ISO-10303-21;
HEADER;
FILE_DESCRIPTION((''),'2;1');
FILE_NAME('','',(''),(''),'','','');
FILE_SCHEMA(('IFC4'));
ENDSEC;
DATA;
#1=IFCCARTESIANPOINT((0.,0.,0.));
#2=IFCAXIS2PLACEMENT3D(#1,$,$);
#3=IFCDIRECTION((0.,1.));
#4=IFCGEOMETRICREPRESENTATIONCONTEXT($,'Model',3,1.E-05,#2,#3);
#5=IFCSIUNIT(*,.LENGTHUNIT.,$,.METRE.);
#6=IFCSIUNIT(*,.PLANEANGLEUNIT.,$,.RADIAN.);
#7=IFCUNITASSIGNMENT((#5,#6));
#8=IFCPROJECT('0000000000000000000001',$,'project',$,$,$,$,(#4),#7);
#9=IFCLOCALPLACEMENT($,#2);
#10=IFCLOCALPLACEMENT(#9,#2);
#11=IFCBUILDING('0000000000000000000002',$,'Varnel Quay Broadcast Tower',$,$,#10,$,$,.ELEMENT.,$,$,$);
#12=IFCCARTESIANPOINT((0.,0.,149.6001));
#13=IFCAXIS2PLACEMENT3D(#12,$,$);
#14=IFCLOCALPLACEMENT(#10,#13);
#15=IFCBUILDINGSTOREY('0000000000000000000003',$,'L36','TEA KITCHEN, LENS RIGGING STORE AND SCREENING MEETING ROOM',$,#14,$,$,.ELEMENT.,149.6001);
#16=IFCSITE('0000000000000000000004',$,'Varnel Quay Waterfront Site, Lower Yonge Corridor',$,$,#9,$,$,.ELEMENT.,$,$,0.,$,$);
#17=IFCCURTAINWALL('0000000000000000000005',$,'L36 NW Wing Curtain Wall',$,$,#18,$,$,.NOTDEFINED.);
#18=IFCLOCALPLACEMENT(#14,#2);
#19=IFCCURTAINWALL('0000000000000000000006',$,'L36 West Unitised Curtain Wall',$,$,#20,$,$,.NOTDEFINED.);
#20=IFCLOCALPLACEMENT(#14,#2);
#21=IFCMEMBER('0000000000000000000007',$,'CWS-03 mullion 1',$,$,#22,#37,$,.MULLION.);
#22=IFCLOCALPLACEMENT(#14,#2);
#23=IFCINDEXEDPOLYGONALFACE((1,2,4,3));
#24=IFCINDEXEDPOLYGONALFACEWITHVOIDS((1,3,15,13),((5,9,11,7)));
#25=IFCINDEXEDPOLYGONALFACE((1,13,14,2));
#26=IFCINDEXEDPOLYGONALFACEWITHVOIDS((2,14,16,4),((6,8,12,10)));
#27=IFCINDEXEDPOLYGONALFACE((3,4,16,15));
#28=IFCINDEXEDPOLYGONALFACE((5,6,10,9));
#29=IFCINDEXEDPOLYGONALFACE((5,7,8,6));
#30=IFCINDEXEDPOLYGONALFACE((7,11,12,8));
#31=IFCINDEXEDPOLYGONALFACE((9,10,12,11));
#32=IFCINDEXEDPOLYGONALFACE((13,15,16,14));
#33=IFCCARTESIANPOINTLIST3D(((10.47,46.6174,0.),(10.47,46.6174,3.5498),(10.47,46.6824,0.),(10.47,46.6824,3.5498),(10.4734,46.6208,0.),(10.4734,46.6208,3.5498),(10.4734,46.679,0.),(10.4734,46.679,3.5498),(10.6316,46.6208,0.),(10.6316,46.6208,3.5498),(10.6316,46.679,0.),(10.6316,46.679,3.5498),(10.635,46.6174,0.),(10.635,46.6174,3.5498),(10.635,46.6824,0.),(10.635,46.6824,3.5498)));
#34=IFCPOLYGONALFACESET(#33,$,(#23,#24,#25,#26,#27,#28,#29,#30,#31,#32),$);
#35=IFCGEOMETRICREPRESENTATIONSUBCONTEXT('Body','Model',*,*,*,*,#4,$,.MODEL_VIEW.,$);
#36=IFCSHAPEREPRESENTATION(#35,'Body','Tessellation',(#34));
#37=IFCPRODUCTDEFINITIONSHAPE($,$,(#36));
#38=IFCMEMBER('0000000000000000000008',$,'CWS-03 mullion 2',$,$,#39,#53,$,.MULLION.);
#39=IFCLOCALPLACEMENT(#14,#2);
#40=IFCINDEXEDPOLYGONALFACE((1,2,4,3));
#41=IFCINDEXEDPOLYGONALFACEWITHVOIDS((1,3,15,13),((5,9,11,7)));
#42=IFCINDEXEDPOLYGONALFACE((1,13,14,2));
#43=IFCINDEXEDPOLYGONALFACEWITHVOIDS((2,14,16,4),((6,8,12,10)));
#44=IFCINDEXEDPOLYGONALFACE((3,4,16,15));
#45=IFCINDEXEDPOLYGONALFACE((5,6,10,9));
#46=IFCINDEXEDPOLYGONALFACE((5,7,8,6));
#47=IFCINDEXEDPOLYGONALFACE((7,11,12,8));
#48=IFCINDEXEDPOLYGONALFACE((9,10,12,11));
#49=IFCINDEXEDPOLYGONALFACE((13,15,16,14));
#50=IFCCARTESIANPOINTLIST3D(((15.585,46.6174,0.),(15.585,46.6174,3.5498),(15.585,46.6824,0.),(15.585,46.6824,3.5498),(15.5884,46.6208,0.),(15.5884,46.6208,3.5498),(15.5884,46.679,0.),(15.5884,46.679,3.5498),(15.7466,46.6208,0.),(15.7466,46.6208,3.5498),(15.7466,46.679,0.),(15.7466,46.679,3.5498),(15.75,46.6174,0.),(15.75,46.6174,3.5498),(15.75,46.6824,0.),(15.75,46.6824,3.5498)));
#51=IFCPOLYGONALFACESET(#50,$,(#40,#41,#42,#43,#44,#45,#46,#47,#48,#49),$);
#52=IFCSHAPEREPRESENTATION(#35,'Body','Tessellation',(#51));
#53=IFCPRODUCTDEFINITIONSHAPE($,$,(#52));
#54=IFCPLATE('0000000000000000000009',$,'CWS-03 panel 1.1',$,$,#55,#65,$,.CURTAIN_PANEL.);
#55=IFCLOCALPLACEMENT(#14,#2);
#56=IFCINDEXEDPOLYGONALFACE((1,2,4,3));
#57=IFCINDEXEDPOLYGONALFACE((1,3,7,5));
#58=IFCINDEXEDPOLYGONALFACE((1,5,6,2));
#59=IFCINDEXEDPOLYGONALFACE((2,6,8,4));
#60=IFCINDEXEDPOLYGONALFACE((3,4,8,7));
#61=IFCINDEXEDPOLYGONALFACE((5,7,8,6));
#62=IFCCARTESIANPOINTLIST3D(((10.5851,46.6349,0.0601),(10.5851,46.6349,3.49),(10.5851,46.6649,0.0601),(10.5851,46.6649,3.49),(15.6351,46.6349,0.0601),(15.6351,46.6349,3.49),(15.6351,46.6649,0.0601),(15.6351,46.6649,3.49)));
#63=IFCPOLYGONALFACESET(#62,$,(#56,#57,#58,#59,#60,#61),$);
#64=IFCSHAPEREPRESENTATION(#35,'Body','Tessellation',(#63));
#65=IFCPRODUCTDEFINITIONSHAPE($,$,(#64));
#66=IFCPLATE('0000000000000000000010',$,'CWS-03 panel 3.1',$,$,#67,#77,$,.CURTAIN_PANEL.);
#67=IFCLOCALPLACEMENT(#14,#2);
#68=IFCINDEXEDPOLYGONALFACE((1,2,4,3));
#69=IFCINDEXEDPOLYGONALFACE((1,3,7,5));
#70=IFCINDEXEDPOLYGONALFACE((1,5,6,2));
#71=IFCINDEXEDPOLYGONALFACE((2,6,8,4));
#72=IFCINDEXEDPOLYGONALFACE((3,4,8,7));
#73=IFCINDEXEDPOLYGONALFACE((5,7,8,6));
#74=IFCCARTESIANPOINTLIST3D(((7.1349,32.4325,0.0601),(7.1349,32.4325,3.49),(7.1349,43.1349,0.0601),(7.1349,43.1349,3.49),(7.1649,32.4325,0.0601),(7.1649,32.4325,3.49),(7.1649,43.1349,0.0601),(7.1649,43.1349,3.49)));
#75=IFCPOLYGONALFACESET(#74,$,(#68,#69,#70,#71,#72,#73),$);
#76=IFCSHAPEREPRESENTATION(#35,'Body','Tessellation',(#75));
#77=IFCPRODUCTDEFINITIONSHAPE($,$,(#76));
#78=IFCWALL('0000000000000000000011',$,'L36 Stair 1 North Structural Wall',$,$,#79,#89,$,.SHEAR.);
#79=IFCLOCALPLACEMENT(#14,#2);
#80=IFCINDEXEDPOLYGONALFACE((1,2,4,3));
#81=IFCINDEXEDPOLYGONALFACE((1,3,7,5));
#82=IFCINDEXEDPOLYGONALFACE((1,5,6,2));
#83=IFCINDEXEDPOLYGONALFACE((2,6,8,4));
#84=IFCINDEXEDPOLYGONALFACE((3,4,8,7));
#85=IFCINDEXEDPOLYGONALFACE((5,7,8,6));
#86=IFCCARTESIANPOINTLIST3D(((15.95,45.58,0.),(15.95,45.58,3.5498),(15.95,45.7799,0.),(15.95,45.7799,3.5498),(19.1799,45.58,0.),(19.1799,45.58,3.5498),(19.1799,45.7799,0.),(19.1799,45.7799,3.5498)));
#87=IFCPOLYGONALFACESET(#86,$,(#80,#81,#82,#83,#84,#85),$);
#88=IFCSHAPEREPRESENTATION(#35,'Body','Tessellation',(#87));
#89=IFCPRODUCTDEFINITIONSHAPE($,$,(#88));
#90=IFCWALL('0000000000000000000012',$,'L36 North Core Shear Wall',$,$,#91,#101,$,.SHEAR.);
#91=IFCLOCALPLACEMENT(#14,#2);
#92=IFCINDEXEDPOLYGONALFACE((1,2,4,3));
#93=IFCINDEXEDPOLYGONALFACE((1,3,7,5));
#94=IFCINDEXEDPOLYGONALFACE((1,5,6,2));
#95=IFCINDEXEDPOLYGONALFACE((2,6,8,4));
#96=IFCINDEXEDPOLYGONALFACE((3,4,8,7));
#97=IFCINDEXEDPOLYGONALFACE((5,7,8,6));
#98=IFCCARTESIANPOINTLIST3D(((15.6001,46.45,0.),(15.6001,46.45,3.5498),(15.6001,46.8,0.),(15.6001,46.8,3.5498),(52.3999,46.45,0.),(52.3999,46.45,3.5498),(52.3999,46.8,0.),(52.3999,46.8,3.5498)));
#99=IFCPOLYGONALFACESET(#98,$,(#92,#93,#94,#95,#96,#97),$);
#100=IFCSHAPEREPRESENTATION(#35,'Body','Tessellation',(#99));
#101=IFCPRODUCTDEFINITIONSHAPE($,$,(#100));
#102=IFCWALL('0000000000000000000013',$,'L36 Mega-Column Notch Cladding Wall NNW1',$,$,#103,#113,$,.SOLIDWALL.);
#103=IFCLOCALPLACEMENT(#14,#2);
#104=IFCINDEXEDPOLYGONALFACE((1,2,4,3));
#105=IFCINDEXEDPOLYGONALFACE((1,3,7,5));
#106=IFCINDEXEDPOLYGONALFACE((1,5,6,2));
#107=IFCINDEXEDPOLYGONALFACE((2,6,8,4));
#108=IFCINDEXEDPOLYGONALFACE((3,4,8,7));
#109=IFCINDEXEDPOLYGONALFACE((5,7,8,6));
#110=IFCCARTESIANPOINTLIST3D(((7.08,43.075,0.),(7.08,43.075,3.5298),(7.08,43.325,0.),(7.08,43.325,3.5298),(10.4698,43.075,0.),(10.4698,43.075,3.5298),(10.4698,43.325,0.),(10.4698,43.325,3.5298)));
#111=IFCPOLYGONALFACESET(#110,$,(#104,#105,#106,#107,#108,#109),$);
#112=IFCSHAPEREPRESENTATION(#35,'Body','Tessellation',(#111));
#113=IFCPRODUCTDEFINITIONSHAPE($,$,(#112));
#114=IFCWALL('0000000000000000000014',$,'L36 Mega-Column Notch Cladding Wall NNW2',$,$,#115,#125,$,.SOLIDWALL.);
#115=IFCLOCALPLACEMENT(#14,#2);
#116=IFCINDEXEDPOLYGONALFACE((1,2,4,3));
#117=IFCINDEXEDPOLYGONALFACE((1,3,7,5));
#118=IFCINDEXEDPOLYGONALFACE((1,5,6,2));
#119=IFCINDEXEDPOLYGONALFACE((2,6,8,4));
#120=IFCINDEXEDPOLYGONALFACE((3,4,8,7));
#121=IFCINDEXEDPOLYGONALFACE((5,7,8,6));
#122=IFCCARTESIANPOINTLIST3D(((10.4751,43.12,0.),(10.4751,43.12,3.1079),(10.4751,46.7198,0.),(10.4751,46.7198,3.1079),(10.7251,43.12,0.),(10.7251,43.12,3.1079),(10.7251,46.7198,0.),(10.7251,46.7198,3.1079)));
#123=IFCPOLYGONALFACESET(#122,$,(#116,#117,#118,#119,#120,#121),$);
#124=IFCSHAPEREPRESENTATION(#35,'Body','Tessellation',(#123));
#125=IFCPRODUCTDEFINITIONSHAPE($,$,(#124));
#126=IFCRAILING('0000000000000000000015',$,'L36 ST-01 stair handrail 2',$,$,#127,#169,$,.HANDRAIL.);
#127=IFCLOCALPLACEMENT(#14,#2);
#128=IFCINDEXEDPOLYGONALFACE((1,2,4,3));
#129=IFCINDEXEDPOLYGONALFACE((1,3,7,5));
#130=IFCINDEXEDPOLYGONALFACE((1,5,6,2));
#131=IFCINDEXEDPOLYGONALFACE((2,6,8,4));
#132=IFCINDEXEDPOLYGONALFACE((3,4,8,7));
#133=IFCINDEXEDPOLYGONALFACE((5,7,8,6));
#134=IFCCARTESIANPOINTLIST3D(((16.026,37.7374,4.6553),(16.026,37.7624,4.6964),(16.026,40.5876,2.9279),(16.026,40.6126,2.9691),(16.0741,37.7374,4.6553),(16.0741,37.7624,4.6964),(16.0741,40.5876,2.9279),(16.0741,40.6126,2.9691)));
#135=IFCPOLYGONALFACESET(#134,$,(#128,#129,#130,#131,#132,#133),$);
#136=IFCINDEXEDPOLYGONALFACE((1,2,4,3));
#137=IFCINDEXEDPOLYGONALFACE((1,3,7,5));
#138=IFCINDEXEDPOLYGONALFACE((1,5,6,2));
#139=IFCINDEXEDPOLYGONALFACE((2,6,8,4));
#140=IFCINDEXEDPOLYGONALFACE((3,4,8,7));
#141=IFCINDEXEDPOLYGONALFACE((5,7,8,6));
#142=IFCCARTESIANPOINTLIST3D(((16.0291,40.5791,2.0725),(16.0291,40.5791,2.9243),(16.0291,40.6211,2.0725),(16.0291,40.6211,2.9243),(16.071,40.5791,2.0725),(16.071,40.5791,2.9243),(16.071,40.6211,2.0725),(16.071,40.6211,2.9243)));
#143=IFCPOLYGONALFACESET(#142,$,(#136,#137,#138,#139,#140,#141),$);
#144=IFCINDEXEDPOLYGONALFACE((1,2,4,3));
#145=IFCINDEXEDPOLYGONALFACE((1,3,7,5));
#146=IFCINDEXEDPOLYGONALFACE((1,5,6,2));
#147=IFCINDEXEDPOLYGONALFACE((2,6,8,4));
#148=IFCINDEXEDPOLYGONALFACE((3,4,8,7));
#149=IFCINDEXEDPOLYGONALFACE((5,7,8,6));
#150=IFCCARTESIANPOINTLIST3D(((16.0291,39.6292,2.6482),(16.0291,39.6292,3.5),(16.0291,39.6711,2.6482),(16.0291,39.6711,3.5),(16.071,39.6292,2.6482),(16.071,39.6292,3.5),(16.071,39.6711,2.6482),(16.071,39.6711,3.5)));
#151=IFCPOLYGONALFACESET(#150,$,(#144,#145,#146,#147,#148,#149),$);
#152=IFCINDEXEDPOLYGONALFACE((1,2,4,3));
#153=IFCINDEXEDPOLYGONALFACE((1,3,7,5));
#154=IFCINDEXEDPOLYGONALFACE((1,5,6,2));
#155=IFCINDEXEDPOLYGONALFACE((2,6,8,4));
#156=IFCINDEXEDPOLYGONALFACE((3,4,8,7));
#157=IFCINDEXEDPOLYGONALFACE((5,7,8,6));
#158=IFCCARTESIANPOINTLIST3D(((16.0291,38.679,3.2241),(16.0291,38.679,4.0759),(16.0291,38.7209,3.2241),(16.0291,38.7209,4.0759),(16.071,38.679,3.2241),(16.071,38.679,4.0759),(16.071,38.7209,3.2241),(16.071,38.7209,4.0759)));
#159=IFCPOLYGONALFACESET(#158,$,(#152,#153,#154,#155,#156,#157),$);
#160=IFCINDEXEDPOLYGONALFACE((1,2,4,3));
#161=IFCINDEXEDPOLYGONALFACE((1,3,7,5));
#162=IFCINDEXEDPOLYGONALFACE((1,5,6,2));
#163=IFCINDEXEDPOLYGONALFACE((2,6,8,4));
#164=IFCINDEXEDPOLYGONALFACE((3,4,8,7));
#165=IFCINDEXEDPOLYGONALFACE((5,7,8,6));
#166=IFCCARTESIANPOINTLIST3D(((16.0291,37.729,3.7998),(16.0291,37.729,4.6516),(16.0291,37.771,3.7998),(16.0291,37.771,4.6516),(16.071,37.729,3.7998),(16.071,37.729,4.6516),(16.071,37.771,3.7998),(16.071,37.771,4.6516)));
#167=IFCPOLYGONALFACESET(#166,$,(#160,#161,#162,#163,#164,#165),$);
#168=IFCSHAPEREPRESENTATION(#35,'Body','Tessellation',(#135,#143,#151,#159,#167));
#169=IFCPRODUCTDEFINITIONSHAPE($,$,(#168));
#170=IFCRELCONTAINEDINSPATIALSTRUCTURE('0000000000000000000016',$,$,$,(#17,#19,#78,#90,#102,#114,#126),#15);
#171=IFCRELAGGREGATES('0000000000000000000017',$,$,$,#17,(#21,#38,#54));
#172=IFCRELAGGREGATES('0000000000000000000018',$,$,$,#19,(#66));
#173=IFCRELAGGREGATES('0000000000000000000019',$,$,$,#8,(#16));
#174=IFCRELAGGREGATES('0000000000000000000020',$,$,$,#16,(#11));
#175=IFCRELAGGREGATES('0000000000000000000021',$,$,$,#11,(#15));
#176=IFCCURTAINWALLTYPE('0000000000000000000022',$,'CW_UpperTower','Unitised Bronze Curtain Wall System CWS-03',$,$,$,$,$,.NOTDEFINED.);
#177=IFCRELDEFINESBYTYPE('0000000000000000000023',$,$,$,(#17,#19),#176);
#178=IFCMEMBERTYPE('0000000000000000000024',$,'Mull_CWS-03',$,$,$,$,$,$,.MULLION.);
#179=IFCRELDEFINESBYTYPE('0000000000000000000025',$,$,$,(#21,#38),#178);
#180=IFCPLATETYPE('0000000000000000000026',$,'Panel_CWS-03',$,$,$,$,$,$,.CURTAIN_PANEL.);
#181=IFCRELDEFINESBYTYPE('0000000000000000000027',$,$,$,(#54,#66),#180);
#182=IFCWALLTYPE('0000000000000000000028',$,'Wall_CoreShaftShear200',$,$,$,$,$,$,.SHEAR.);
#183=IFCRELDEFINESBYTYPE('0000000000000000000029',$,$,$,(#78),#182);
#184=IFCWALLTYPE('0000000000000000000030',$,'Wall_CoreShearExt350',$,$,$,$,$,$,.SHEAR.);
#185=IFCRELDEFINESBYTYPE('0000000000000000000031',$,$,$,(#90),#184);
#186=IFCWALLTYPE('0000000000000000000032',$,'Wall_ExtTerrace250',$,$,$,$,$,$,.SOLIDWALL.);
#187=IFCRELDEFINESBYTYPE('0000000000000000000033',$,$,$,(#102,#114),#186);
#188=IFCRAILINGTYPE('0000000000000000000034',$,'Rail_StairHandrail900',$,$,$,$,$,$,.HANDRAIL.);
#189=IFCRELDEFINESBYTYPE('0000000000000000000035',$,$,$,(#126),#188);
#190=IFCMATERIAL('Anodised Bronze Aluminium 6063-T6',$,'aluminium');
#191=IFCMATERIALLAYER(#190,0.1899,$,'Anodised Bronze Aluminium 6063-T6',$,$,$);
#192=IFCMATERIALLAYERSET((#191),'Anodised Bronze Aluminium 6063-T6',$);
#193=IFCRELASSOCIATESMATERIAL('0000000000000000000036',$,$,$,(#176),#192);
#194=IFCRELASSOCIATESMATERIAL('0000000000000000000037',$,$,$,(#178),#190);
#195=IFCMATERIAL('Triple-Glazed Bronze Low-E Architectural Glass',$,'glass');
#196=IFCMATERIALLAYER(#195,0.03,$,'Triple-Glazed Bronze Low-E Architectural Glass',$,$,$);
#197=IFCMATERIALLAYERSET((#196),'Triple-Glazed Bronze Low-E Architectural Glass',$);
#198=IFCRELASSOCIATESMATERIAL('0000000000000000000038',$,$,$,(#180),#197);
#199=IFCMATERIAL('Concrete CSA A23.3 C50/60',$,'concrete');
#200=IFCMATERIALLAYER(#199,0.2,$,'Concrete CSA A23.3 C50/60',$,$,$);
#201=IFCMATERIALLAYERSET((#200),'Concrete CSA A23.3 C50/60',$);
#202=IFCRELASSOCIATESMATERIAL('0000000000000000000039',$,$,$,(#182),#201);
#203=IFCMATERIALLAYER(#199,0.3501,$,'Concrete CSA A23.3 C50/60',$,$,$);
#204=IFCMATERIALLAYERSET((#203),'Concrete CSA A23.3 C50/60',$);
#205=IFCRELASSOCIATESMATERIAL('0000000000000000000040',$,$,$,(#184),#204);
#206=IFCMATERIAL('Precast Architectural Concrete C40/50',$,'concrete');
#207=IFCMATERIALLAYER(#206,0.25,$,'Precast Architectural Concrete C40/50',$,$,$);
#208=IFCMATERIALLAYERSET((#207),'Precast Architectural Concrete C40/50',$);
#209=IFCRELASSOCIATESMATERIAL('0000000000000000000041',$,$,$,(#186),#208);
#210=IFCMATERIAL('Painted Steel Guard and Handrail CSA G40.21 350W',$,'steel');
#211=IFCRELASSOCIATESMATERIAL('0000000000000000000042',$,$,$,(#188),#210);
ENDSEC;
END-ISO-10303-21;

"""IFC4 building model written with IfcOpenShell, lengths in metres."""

from ifc_helpers import new_model, si_unit, direction, frame, frame_2d, origin, origin_2d, place, context, subcontext, project, spatial, rectangle, hollow_rectangle, extrude, source, transform, mapped, material, layer, layer_set, material_profile, profile_set, type_object, type_shapes, element, aggregate, save


model = new_model("IFC4")

# Units and contexts
model_context = context("Model", 3, precision=1e-05, world=origin(), true_north=direction((0.0, 1.0)))
body_context = subcontext(model_context, "Body", "Model", "MODEL_VIEW")
ifc_project = project(units=[si_unit("LENGTHUNIT", "METRE"), si_unit("PLANEANGLEUNIT", "RADIAN")], contexts=[model_context])

# Site, building, storey
site_placement = place(None, origin())
site = spatial("IfcSite", under=ifc_project, at=site_placement, Name="Varnel Quay Waterfront Site, Lower Yonge Corridor", CompositionType="ELEMENT", RefElevation=0.0)
building_placement = place(site_placement, origin())
building = spatial("IfcBuilding", under=site, at=building_placement, Name="Varnel Quay Broadcast Tower", CompositionType="ELEMENT")
storey_placement = place(building_placement, frame((0.0, 0.0, 149.6001)))
storey = spatial("IfcBuildingStorey", under=building, at=storey_placement, Name="L36", Description="TEA KITCHEN, LENS RIGGING STORE AND SCREENING MEETING ROOM", CompositionType="ELEMENT", Elevation=149.6001)

# Curtain wall
ifc_material_1 = material(Name="Anodised Bronze Aluminium 6063-T6", Category="aluminium")
ifc_layer_1 = layer(ifc_material_1, 0.1899, Name="Anodised Bronze Aluminium 6063-T6")
ifc_layer_set_1 = layer_set([ifc_layer_1], Name="Anodised Bronze Aluminium 6063-T6")
curtain_wall_type = type_object("IfcCurtainWallType", Name="CW_UpperTower", Description="Unitised Bronze Curtain Wall System CWS-03", PredefinedType="NOTDEFINED", material=ifc_layer_set_1)
curtain_wall_1_placement = place(storey_placement, origin())
curtain_wall_1 = element("IfcCurtainWall", 1, at=curtain_wall_1_placement, inside=storey, type_object=curtain_wall_type, Name="L36 NW Wing Curtain Wall", PredefinedType="NOTDEFINED")

# Curtain wall
curtain_wall_2_placement = place(storey_placement, origin())
curtain_wall_2 = element("IfcCurtainWall", 2, at=curtain_wall_2_placement, inside=storey, type_object=curtain_wall_type, Name="L36 West Unitised Curtain Wall", PredefinedType="NOTDEFINED")
ifc_material_profile_1 = material_profile(ifc_material_1, hollow_rectangle(XDim=0.0649, YDim=0.165, WallThickness=0.0034, at=origin_2d()), Name="ALU65X165X3.5")
ifc_profile_set_1 = profile_set([ifc_material_profile_1], Name="Anodised Bronze Aluminium 6063-T6")
member_type_1 = type_object("IfcMemberType", Name="Mull_CWS-03", PredefinedType="MULLION", material=ifc_profile_set_1)
shared_shape_1 = source(origin(), body_context, "Body", "SweptSolid", [
    extrude(hollow_rectangle(XDim=0.0649, YDim=0.165, WallThickness=0.0034, at=origin_2d()), origin(), (0.0, 0.0, 1.0), 3.5498),
])
type_shapes(member_type_1, [shared_shape_1])

# Members
member_1_placement = place(storey_placement, frame((10.5525, 46.6499, 0.0), z_axis=(0.0, 0.0, 1.0), x_axis=(0.0, 1.0, 0.0)))
member_1 = element("IfcMember", 3, at=member_1_placement, type_object=member_type_1, Name="CWS-03 mullion 1", PredefinedType="MULLION", context=body_context, shape_type="MappedRepresentation", body=[
    mapped(shared_shape_1, transform((0.0, 0.0, 0.0), x_axis=(1.0, 0.0, 0.0), y_axis=(0.0, 1.0, 0.0), z_axis=(0.0, 0.0, 1.0), scale=1.0)),
])
member_2_placement = place(storey_placement, frame((15.6675, 46.6499, 0.0), z_axis=(0.0, 0.0, 1.0), x_axis=(0.0, 1.0, 0.0)))
member_2 = element("IfcMember", 4, at=member_2_placement, type_object=member_type_1, Name="CWS-03 mullion 2", PredefinedType="MULLION", context=body_context, shape_type="MappedRepresentation", body=[
    mapped(shared_shape_1, transform((0.0, 0.0, 0.0), x_axis=(1.0, 0.0, 0.0), y_axis=(0.0, 1.0, 0.0), z_axis=(0.0, 0.0, 1.0), scale=1.0)),
])

# Plates
ifc_material_2 = material(Name="Triple-Glazed Bronze Low-E Architectural Glass", Category="glass")
ifc_layer_2 = layer(ifc_material_2, 0.03, Name="Triple-Glazed Bronze Low-E Architectural Glass")
ifc_layer_set_2 = layer_set([ifc_layer_2], Name="Triple-Glazed Bronze Low-E Architectural Glass")
plate_type = type_object("IfcPlateType", Name="Panel_CWS-03", PredefinedType="CURTAIN_PANEL", material=ifc_layer_set_2)
shared_shape_2 = source(origin(), body_context, "Body", "SweptSolid", [
    extrude(rectangle(XDim=5.05, YDim=0.03, at=origin_2d()), origin(), (0.0, 0.0, 1.0), 3.4299),
])
plate_1_placement = place(storey_placement, frame((13.1101, 46.6499, 0.0601), z_axis=(0.0, 0.0, 1.0), x_axis=(1.0, 0.0, 0.0)))
plate_1 = element("IfcPlate", 5, at=plate_1_placement, type_object=plate_type, Name="CWS-03 panel 1.1", PredefinedType="CURTAIN_PANEL", context=body_context, shape_type="MappedRepresentation", body=[
    mapped(shared_shape_2, transform((0.0, 0.0, 0.0), x_axis=(1.0, 0.0, 0.0), y_axis=(0.0, 1.0, 0.0), z_axis=(0.0, 0.0, 1.0), scale=1.0)),
])
aggregate(curtain_wall_1, [member_1, member_2, plate_1])
shared_shape_3 = source(origin(), body_context, "Body", "SweptSolid", [
    extrude(rectangle(XDim=10.7024, YDim=0.03, at=origin_2d()), origin(), (0.0, 0.0, 1.0), 3.4299),
])
type_shapes(plate_type, [shared_shape_2, shared_shape_3])
plate_2_placement = place(storey_placement, frame((7.1499, 37.7837, 0.0601), z_axis=(0.0, 0.0, 1.0), x_axis=(0.0, 1.0, 0.0)))
plate_2 = element("IfcPlate", 6, at=plate_2_placement, type_object=plate_type, Name="CWS-03 panel 3.1", PredefinedType="CURTAIN_PANEL", context=body_context, shape_type="MappedRepresentation", body=[
    mapped(shared_shape_3, transform((0.0, 0.0, 0.0), x_axis=(1.0, 0.0, 0.0), y_axis=(0.0, 1.0, 0.0), z_axis=(0.0, 0.0, 1.0), scale=1.0)),
])
aggregate(curtain_wall_2, [plate_2])

# Walls
ifc_material_3 = material(Name="Concrete CSA A23.3 C50/60", Category="concrete")
ifc_layer_3 = layer(ifc_material_3, 0.2, Name="Concrete CSA A23.3 C50/60")
ifc_layer_set_3 = layer_set([ifc_layer_3], Name="Concrete CSA A23.3 C50/60")
wall_type_1 = type_object("IfcWallType", Name="Wall_CoreShaftShear200", PredefinedType="SHEAR", material=ifc_layer_set_3)
wall_1_placement = place(storey_placement, frame((15.95, 45.6799, 0.0), z_axis=(0.0, 0.0, 1.0), x_axis=(1.0, 0.0, 0.0)))
element("IfcWall", 7, at=wall_1_placement, inside=storey, type_object=wall_type_1, Name="L36 Stair 1 North Structural Wall", PredefinedType="SHEAR", context=body_context, shape_type="SweptSolid", body=[
    extrude(rectangle(XDim=3.23, YDim=0.2, at=frame_2d((1.615, 0.0))), origin(), (0.0, 0.0, 1.0), 3.5498),
])
ifc_layer_4 = layer(ifc_material_3, 0.3501, Name="Concrete CSA A23.3 C50/60")
ifc_layer_set_4 = layer_set([ifc_layer_4], Name="Concrete CSA A23.3 C50/60")
wall_type_2 = type_object("IfcWallType", Name="Wall_CoreShearExt350", PredefinedType="SHEAR", material=ifc_layer_set_4)
wall_2_placement = place(storey_placement, frame((15.6001, 46.625, 0.0), z_axis=(0.0, 0.0, 1.0), x_axis=(1.0, 0.0, 0.0)))
element("IfcWall", 8, at=wall_2_placement, inside=storey, type_object=wall_type_2, Name="L36 North Core Shear Wall", PredefinedType="SHEAR", context=body_context, shape_type="SweptSolid", body=[
    extrude(rectangle(XDim=36.7998, YDim=0.3501, at=frame_2d((18.3999, 0.0))), origin(), (0.0, 0.0, 1.0), 3.5498),
])
ifc_material_4 = material(Name="Precast Architectural Concrete C40/50", Category="concrete")
ifc_layer_5 = layer(ifc_material_4, 0.25, Name="Precast Architectural Concrete C40/50")
ifc_layer_set_5 = layer_set([ifc_layer_5], Name="Precast Architectural Concrete C40/50")
wall_type_3 = type_object("IfcWallType", Name="Wall_ExtTerrace250", PredefinedType="SOLIDWALL", material=ifc_layer_set_5)
wall_3_placement = place(storey_placement, frame((7.0801, 43.2, 0.0), z_axis=(0.0, 0.0, 1.0), x_axis=(1.0, 0.0, 0.0)))
element("IfcWall", 9, at=wall_3_placement, inside=storey, type_object=wall_type_3, Name="L36 Mega-Column Notch Cladding Wall NNW1", PredefinedType="SOLIDWALL", context=body_context, shape_type="SweptSolid", body=[
    extrude(rectangle(XDim=3.3899, YDim=0.25, at=frame_2d((1.6948, 0.0))), origin(), (0.0, 0.0, 1.0), 3.5298),
])
wall_4_placement = place(storey_placement, frame((10.6001, 43.1201, 0.0), z_axis=(0.0, 0.0, 1.0), x_axis=(0.0, 1.0, 0.0)))
element("IfcWall", 10, at=wall_4_placement, inside=storey, type_object=wall_type_3, Name="L36 Mega-Column Notch Cladding Wall NNW2", PredefinedType="SOLIDWALL", context=body_context, shape_type="SweptSolid", body=[
    extrude(rectangle(XDim=3.5999, YDim=0.25, at=frame_2d((1.7998, 0.0))), origin(), (0.0, 0.0, 1.0), 3.1079),
])

# Railing
ifc_material_5 = material(Name="Painted Steel Guard and Handrail CSA G40.21 350W", Category="steel")
railing_type = type_object("IfcRailingType", Name="Rail_StairHandrail900", PredefinedType="HANDRAIL", material=ifc_material_5)
railing_placement = place(storey_placement, frame((16.05, 40.6001, 2.0725)))
element("IfcRailing", 11, at=railing_placement, inside=storey, type_object=railing_type, Name="L36 ST-01 stair handrail 2", PredefinedType="HANDRAIL", context=body_context, shape_type="SweptSolid", body=[
    extrude(rectangle(XDim=0.0481, YDim=0.0481, at=origin_2d()), frame((0.0, 0.0, 0.876), z_axis=(0.0, -0.855203, 0.518294), x_axis=(1.0, 0.0, 0.0)), (0.0, 0.0, 1.0), 3.3328),
    extrude(rectangle(XDim=0.042, YDim=0.042, at=origin_2d()), origin(), (0.0, 0.0, 1.0), 0.8518),
    extrude(rectangle(XDim=0.042, YDim=0.042, at=origin_2d()), frame((0.0, -0.95, 0.5757)), (0.0, 0.0, 1.0), 0.8518),
    extrude(rectangle(XDim=0.042, YDim=0.042, at=origin_2d()), frame((0.0, -1.9001, 1.1516)), (0.0, 0.0, 1.0), 0.8518),
    extrude(rectangle(XDim=0.042, YDim=0.042, at=origin_2d()), frame((0.0, -2.8501, 1.7273)), (0.0, 0.0, 1.0), 0.8518),
])

save(model, "model.ifc")
